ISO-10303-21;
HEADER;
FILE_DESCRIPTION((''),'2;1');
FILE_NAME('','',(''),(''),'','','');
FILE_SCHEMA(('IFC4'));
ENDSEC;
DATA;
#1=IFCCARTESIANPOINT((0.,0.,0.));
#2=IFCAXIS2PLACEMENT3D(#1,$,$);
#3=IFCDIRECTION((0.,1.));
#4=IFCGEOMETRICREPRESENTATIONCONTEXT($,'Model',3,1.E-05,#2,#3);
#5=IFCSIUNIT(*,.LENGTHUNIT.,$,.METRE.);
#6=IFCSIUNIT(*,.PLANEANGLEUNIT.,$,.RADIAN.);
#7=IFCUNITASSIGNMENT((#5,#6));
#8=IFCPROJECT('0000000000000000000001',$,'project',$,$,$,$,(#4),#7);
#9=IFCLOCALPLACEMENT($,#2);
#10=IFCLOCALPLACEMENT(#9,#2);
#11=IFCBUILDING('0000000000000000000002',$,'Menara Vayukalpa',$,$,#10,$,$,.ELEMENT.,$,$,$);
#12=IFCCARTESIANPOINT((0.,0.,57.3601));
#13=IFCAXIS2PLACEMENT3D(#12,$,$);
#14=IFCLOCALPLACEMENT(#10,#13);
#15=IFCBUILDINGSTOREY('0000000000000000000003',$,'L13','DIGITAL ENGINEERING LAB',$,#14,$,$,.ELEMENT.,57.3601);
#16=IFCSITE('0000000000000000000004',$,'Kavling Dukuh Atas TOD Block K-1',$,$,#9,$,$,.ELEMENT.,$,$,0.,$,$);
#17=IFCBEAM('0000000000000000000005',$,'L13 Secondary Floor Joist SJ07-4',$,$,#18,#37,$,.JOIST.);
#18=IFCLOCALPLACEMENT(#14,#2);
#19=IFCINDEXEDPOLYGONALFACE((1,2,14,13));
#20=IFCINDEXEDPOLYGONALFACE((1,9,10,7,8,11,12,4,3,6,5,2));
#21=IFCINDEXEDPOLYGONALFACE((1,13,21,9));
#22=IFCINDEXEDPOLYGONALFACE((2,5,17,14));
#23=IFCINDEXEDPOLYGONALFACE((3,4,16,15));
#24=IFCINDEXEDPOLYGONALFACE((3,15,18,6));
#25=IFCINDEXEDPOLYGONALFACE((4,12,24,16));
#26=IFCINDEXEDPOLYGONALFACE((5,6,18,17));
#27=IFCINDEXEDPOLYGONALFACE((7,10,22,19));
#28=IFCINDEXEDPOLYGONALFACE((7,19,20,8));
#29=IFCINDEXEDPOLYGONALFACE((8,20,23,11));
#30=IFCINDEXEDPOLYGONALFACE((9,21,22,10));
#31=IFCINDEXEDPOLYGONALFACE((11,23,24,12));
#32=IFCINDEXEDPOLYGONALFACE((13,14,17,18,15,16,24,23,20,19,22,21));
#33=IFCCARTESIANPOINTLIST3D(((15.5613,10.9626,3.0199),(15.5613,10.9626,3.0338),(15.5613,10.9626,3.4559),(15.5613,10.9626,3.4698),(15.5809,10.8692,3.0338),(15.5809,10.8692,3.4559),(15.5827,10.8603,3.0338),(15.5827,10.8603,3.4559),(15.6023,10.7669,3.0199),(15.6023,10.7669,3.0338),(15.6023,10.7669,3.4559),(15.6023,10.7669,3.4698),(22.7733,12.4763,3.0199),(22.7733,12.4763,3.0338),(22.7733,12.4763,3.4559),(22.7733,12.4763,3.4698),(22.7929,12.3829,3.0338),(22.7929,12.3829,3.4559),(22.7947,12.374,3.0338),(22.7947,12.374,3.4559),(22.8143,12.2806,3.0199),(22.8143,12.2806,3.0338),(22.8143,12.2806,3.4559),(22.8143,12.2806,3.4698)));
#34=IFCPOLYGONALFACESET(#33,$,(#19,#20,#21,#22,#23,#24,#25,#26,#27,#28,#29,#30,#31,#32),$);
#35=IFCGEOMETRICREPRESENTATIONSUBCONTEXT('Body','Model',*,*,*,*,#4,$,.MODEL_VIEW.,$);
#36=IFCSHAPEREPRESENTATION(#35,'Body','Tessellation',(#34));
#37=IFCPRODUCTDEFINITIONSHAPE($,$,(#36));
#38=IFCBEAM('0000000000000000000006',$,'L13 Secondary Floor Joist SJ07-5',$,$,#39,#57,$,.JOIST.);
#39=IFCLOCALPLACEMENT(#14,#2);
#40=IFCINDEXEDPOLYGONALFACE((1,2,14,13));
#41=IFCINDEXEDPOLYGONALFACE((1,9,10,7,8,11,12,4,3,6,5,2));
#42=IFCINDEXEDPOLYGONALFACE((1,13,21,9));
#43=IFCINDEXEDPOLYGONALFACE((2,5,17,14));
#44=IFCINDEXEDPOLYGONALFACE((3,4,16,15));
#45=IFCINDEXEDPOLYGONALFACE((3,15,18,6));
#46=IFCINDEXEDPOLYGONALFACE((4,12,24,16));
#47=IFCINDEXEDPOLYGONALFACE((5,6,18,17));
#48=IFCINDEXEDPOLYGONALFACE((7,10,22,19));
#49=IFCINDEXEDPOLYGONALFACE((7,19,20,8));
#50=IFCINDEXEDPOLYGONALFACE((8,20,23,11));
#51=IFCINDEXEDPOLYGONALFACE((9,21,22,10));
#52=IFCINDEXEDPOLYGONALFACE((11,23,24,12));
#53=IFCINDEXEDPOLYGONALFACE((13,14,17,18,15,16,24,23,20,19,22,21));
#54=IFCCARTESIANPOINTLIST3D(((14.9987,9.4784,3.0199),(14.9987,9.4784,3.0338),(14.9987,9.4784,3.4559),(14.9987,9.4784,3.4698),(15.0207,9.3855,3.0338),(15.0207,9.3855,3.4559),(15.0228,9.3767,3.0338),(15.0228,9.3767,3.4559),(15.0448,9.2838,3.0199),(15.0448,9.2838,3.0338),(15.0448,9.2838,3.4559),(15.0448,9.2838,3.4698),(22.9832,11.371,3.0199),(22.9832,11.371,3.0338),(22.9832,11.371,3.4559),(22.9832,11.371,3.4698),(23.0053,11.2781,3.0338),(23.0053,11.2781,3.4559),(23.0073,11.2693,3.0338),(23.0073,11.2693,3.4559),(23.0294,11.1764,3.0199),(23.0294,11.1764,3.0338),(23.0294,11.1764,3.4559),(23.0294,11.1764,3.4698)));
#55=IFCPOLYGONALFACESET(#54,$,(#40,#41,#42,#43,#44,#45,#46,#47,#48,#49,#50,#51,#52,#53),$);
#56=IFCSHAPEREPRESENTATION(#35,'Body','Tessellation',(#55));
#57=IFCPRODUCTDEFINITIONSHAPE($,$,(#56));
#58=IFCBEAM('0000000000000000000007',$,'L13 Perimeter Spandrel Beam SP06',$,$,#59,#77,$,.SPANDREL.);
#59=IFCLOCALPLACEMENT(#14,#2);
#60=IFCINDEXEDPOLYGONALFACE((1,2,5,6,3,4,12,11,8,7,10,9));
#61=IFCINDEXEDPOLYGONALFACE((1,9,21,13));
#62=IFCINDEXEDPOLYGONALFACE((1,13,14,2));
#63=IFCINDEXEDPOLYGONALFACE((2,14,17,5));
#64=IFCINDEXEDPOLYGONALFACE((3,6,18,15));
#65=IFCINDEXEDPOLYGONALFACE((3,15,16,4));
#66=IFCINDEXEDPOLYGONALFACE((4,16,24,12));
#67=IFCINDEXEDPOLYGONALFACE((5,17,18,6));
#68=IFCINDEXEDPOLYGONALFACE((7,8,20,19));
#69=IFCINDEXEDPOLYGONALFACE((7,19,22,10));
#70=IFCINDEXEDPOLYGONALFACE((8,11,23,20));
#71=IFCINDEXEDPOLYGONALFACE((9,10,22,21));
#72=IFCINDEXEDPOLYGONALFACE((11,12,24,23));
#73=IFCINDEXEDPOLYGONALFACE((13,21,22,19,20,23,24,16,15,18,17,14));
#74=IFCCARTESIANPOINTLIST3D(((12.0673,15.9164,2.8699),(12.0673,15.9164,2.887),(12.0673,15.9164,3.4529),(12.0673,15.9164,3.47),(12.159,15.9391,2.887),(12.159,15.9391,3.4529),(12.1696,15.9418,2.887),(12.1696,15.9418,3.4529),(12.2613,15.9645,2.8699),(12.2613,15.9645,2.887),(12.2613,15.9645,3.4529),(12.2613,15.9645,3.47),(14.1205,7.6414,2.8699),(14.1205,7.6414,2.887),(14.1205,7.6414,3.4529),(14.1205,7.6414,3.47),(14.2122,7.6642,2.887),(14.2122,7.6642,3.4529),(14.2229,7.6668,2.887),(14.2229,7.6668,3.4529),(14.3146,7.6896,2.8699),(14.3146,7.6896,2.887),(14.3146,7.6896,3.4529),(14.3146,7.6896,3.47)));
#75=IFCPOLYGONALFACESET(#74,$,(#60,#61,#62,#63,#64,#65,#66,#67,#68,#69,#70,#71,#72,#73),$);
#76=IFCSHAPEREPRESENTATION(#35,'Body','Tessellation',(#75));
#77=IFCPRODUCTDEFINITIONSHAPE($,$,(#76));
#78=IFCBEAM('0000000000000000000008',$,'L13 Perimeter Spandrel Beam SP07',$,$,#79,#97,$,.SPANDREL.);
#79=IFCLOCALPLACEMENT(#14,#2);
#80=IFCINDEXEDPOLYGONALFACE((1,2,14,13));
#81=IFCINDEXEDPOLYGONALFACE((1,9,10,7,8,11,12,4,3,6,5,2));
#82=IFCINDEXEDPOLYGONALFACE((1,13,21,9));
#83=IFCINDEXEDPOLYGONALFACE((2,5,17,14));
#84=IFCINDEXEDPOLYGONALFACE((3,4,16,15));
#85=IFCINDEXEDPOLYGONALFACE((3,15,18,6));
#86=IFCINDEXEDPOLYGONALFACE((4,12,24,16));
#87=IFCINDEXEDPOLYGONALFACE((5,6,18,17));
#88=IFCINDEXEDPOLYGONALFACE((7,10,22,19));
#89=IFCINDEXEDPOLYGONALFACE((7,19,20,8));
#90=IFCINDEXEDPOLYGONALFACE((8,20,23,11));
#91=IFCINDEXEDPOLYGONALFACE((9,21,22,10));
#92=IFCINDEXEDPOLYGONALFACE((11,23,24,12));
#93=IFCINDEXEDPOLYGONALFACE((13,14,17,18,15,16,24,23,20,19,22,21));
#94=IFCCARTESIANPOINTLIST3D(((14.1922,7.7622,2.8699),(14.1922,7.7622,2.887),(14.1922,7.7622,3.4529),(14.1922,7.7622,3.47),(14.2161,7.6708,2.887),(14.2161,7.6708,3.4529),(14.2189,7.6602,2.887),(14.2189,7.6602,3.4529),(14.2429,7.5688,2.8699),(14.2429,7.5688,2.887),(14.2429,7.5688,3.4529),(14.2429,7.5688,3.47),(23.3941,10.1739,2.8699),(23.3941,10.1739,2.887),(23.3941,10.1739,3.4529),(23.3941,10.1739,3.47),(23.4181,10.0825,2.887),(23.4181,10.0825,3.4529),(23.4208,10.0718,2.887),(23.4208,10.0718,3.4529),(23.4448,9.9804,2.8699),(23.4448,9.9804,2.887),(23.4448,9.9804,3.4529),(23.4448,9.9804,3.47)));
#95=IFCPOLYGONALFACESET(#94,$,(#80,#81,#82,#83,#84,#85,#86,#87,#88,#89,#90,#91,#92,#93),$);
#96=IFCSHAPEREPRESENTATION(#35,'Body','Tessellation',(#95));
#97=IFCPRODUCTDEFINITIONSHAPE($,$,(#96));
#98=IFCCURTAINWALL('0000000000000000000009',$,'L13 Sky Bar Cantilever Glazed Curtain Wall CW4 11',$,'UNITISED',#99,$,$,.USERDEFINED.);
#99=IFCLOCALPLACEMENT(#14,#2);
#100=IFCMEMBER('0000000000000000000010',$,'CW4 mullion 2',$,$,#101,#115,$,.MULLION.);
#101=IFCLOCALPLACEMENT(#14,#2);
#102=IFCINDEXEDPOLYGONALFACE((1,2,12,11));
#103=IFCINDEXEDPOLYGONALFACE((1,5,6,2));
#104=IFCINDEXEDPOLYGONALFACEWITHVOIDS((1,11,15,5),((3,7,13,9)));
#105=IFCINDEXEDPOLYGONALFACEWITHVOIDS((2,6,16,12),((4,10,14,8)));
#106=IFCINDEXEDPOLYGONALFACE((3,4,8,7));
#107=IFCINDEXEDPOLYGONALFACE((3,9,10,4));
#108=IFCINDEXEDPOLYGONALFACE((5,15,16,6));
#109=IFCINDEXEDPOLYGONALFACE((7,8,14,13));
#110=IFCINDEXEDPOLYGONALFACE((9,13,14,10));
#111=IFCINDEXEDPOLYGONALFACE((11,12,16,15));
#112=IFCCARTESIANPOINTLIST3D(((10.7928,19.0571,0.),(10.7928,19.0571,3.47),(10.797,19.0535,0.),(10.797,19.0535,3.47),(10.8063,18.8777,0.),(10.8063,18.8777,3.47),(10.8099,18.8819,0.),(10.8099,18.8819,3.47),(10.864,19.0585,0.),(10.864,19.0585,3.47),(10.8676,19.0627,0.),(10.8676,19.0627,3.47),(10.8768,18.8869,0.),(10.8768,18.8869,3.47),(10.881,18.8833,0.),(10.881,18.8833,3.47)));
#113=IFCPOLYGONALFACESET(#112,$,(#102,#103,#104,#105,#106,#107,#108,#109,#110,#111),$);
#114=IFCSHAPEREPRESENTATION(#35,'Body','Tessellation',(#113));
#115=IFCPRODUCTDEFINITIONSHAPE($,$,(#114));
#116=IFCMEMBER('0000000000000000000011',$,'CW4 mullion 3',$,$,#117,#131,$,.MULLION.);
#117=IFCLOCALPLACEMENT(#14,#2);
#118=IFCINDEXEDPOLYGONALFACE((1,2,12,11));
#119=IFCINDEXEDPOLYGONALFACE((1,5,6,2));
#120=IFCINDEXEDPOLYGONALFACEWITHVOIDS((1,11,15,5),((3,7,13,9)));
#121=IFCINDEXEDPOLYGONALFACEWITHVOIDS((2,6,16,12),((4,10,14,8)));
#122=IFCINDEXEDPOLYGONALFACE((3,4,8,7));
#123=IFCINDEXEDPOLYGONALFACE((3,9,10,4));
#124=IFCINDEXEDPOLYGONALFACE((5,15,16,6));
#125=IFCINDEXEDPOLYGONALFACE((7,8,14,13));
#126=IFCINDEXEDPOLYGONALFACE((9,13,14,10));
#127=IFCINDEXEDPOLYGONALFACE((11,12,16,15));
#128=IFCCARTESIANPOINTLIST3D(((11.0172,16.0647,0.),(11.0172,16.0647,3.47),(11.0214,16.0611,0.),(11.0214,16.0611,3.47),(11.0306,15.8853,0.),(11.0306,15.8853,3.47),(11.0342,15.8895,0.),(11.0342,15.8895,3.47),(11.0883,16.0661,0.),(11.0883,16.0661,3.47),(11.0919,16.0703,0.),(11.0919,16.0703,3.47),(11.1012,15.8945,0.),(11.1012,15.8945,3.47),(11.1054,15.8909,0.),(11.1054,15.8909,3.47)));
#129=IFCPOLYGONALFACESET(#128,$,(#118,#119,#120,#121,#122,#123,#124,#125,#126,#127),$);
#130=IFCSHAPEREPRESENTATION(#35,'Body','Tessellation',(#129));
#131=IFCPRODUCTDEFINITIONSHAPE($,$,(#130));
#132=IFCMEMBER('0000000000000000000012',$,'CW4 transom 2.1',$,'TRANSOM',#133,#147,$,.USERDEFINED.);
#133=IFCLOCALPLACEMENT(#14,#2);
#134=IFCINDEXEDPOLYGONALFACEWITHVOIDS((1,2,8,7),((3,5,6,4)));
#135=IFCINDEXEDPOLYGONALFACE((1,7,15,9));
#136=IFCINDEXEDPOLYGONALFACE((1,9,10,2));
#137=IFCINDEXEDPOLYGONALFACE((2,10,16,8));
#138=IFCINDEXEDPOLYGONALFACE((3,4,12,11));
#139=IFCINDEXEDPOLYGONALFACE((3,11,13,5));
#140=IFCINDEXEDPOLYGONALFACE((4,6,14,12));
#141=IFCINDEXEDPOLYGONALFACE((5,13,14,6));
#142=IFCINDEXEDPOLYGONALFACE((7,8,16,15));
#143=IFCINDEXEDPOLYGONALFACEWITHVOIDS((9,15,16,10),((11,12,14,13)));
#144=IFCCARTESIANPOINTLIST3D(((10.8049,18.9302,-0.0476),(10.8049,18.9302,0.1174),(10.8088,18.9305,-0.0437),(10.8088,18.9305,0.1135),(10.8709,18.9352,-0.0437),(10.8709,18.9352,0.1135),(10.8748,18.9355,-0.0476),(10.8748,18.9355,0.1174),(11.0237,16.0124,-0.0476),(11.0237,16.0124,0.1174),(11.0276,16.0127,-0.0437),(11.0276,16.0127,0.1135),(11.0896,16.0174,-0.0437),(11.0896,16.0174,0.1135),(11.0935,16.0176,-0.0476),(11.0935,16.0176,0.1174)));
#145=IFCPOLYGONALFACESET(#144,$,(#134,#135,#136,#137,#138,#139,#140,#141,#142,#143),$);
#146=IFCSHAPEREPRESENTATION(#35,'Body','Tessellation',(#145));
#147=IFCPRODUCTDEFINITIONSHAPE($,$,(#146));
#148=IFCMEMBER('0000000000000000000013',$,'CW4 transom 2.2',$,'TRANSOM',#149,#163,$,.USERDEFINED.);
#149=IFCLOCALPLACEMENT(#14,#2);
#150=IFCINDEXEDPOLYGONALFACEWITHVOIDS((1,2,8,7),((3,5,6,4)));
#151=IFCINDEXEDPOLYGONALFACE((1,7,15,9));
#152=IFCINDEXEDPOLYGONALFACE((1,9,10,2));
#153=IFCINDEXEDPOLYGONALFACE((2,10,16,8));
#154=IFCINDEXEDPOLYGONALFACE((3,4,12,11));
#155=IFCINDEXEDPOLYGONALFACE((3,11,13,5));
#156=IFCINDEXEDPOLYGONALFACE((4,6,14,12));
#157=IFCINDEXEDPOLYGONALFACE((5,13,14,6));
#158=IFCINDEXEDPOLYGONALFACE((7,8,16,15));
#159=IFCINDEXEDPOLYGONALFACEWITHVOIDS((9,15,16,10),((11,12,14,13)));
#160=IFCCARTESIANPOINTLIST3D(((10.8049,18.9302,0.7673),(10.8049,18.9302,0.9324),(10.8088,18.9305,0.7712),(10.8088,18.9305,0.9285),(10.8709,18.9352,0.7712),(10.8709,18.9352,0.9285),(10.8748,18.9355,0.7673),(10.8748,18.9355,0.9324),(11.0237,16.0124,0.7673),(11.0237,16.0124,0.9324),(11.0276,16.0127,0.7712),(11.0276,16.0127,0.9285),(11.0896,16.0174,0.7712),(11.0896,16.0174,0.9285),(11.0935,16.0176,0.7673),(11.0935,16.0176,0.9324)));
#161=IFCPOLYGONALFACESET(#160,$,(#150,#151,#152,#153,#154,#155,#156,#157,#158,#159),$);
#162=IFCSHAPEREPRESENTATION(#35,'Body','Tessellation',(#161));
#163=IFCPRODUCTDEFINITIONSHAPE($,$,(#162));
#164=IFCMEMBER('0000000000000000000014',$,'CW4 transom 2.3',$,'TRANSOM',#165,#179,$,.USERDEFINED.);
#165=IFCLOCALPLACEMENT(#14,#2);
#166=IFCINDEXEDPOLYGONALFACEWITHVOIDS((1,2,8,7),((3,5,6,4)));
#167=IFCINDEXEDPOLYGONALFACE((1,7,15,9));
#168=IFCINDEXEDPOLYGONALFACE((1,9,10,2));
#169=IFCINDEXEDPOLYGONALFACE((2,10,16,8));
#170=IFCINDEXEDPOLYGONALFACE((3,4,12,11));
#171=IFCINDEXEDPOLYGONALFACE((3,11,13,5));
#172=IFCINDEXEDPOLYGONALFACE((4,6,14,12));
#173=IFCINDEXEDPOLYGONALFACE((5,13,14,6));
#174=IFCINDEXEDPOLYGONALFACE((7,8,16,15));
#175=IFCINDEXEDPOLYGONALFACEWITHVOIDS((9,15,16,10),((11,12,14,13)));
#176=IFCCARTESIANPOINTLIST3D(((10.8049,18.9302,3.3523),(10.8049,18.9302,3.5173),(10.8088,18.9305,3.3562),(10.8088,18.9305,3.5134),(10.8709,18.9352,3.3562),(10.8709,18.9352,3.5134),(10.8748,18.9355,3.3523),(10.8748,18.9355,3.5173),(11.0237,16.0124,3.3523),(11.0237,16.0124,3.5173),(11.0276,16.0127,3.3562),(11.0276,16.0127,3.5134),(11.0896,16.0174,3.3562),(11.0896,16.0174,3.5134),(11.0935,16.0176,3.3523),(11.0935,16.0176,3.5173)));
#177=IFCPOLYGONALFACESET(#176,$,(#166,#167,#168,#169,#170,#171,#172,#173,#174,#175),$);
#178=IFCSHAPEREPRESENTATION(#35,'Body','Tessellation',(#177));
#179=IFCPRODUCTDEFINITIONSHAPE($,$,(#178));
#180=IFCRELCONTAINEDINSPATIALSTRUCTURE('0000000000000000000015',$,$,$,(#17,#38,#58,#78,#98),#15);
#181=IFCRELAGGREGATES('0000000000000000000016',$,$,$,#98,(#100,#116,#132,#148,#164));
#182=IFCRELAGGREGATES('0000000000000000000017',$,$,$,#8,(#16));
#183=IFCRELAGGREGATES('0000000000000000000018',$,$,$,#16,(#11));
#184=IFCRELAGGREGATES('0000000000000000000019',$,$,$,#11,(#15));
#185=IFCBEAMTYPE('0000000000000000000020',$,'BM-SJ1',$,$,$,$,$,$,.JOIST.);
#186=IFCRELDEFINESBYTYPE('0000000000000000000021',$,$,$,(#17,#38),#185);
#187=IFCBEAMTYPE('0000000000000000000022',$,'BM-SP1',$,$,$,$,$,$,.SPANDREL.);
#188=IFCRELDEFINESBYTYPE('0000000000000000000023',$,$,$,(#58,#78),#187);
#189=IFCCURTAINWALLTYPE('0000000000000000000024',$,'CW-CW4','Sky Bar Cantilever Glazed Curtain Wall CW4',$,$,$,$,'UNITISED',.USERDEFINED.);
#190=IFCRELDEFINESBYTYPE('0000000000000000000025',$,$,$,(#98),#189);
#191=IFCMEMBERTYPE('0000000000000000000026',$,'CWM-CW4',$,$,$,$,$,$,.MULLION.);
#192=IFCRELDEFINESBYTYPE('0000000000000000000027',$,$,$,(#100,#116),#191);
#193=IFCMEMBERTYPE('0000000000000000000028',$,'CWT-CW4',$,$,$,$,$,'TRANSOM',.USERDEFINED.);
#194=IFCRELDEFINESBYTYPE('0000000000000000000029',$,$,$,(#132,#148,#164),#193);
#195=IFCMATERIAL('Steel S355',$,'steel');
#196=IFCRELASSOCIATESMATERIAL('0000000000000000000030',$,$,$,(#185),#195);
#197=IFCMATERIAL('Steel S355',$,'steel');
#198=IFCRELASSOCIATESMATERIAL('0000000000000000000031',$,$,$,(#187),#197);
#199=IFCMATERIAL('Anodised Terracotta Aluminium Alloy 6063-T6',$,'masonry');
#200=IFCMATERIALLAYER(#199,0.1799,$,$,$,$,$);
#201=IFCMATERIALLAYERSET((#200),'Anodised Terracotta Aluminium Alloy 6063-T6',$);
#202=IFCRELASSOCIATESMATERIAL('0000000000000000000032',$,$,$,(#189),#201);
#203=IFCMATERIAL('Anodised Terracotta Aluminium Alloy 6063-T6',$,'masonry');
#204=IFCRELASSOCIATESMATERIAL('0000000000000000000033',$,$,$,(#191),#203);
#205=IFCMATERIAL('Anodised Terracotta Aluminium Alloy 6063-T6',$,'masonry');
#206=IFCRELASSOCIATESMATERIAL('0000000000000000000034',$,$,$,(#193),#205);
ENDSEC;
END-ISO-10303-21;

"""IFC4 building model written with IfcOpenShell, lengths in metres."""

from ifc_helpers import new_model, si_unit, direction, frame, origin, origin_2d, place, context, subcontext, project, spatial, hollow_rectangle, i_section, extrude, material, layer, layer_set, material_profile, profile_set, type_object, element, aggregate, save


model = new_model("IFC4")

# Units and contexts
model_context = context("Model", 3, precision=1e-05, world=origin(), true_north=direction((0.0, 1.0)))
body_context = subcontext(model_context, "Body", "Model", "MODEL_VIEW")
ifc_project = project(units=[si_unit("LENGTHUNIT", "METRE"), si_unit("PLANEANGLEUNIT", "RADIAN")], contexts=[model_context])

# Site, building, storey
site_placement = place(None, origin())
site = spatial("IfcSite", under=ifc_project, at=site_placement, Name="Kavling Dukuh Atas TOD Block K-1", CompositionType="ELEMENT", RefElevation=0.0)
building_placement = place(site_placement, origin())
building = spatial("IfcBuilding", under=site, at=building_placement, Name="Menara Vayukalpa", CompositionType="ELEMENT")
storey_placement = place(building_placement, frame((0.0, 0.0, 57.3601)))
storey = spatial("IfcBuildingStorey", under=building, at=storey_placement, Name="L13", Description="DIGITAL ENGINEERING LAB", CompositionType="ELEMENT", Elevation=57.3601)

# Beams
ifc_material_1 = material(Name="Steel S355", Category="steel")
ifc_material_profile_1 = material_profile(ifc_material_1, i_section(OverallWidth=0.2, OverallDepth=0.45, WebThickness=0.009, FlangeThickness=0.0139, at=origin_2d()), Name="WF 450x200x9x14")
ifc_profile_set_1 = profile_set([ifc_material_profile_1], Name="Steel S355")
beam_type_1 = type_object("IfcBeamType", Name="BM-SJ1", PredefinedType="JOIST", material=ifc_profile_set_1)
beam_1_placement = place(storey_placement, frame((15.5818, 10.8647, 3.2449), z_axis=(0.978676, 0.205409, 0.0), x_axis=(-0.205409, 0.978676, 0.0)))
element("IfcBeam", 1, at=beam_1_placement, inside=storey, type_object=beam_type_1, Name="L13 Secondary Floor Joist SJ07-4", PredefinedType="JOIST", context=body_context, shape_type="SweptSolid", body=[
    extrude(i_section(OverallWidth=0.2, OverallDepth=0.45, WebThickness=0.009, FlangeThickness=0.0139, at=origin_2d()), origin(), (0.0, 0.0, 1.0), 7.3691),
])
beam_2_placement = place(storey_placement, frame((15.0217, 9.3811, 3.2449), z_axis=(0.97304, 0.230638, 0.0), x_axis=(-0.230638, 0.97304, 0.0)))
element("IfcBeam", 2, at=beam_2_placement, inside=storey, type_object=beam_type_1, Name="L13 Secondary Floor Joist SJ07-5", PredefinedType="JOIST", context=body_context, shape_type="SweptSolid", body=[
    extrude(i_section(OverallWidth=0.2, OverallDepth=0.45, WebThickness=0.009, FlangeThickness=0.0139, at=origin_2d()), origin(), (0.0, 0.0, 1.0), 8.2058),
])
ifc_material_2 = material(Name="Steel S355", Category="steel")
ifc_material_profile_2 = material_profile(ifc_material_2, i_section(OverallWidth=0.2, OverallDepth=0.6001, WebThickness=0.011, FlangeThickness=0.0171, at=origin_2d()), Name="WF 600x200x11x17")
ifc_profile_set_2 = profile_set([ifc_material_profile_2], Name="Steel S355")
beam_type_2 = type_object("IfcBeamType", Name="BM-SP1", PredefinedType="SPANDREL", material=ifc_profile_set_2)
beam_3_placement = place(storey_placement, frame((12.1643, 15.9404, 3.1699), z_axis=(0.240824, -0.970569, 0.0), x_axis=(0.970569, 0.240824, 0.0)))
element("IfcBeam", 3, at=beam_3_placement, inside=storey, type_object=beam_type_2, Name="L13 Perimeter Spandrel Beam SP06", PredefinedType="SPANDREL", context=body_context, shape_type="SweptSolid", body=[
    extrude(i_section(OverallWidth=0.2, OverallDepth=0.6001, WebThickness=0.011, FlangeThickness=0.0171, at=origin_2d()), origin(), (0.0, 0.0, 1.0), 8.5259),
])
beam_4_placement = place(storey_placement, frame((14.2175, 7.6655, 3.1699), z_axis=(0.967331, 0.253517, 0.0), x_axis=(-0.253517, 0.967331, 0.0)))
element("IfcBeam", 4, at=beam_4_placement, inside=storey, type_object=beam_type_2, Name="L13 Perimeter Spandrel Beam SP07", PredefinedType="SPANDREL", context=body_context, shape_type="SweptSolid", body=[
    extrude(i_section(OverallWidth=0.2, OverallDepth=0.6001, WebThickness=0.011, FlangeThickness=0.0171, at=origin_2d()), origin(), (0.0, 0.0, 1.0), 9.5127),
])

# Curtain wall, members
ifc_material_3 = material(Name="Anodised Terracotta Aluminium Alloy 6063-T6", Category="masonry")
ifc_layer_1 = layer(ifc_material_3, 0.1799)
ifc_layer_set_1 = layer_set([ifc_layer_1], Name="Anodised Terracotta Aluminium Alloy 6063-T6")
curtain_wall_type = type_object("IfcCurtainWallType", Name="CW-CW4", Description="Sky Bar Cantilever Glazed Curtain Wall CW4", ElementType="UNITISED", PredefinedType="USERDEFINED", material=ifc_layer_set_1)
curtain_wall_placement = place(storey_placement, origin())
curtain_wall = element("IfcCurtainWall", 5, at=curtain_wall_placement, inside=storey, type_object=curtain_wall_type, Name="L13 Sky Bar Cantilever Glazed Curtain Wall CW4 11", ObjectType="UNITISED", PredefinedType="USERDEFINED")
ifc_material_4 = material(Name="Anodised Terracotta Aluminium Alloy 6063-T6", Category="masonry")
ifc_material_profile_3 = material_profile(ifc_material_4, hollow_rectangle(XDim=0.075, YDim=0.1799, WallThickness=0.0039, at=origin_2d()), Name="ALU 75x180x4")
ifc_profile_set_3 = profile_set([ifc_material_profile_3], Name="Anodised Terracotta Aluminium Alloy 6063-T6")
member_type_1 = type_object("IfcMemberType", Name="CWM-CW4", PredefinedType="MULLION", material=ifc_profile_set_3)
member_1_placement = place(storey_placement, frame((10.8369, 18.9702, 0.0), z_axis=(0.0, 0.0, 1.0), x_axis=(0.997199, 0.074795, 0.0)))
member_1 = element("IfcMember", 6, at=member_1_placement, type_object=member_type_1, Name="CW4 mullion 2", PredefinedType="MULLION", context=body_context, shape_type="SweptSolid", body=[
    extrude(hollow_rectangle(XDim=0.075, YDim=0.1799, WallThickness=0.0039, at=origin_2d()), origin(), (0.0, 0.0, 1.0), 3.47),
])
member_2_placement = place(storey_placement, frame((11.0613, 15.9778, 0.0), z_axis=(0.0, 0.0, 1.0), x_axis=(0.997199, 0.074795, 0.0)))
member_2 = element("IfcMember", 7, at=member_2_placement, type_object=member_type_1, Name="CW4 mullion 3", PredefinedType="MULLION", context=body_context, shape_type="SweptSolid", body=[
    extrude(hollow_rectangle(XDim=0.075, YDim=0.1799, WallThickness=0.0039, at=origin_2d()), origin(), (0.0, 0.0, 1.0), 3.47),
])
ifc_material_5 = material(Name="Anodised Terracotta Aluminium Alloy 6063-T6", Category="masonry")
ifc_material_profile_4 = material_profile(ifc_material_5, hollow_rectangle(XDim=0.0701, YDim=0.165, WallThickness=0.0039, at=origin_2d()), Name="ALU 70x165x4")
ifc_profile_set_4 = profile_set([ifc_material_profile_4], Name="Anodised Terracotta Aluminium Alloy 6063-T6")
member_type_2 = type_object("IfcMemberType", Name="CWT-CW4", ElementType="TRANSOM", PredefinedType="USERDEFINED", material=ifc_profile_set_4)
member_3_placement = place(storey_placement, frame((10.8398, 18.9329, 0.0349), z_axis=(0.074763, -0.997201, 0.0), x_axis=(0.997201, 0.074763, 0.0)))
member_3 = element("IfcMember", 8, at=member_3_placement, type_object=member_type_2, Name="CW4 transom 2.1", ObjectType="TRANSOM", PredefinedType="USERDEFINED", context=body_context, shape_type="SweptSolid", body=[
    extrude(hollow_rectangle(XDim=0.0701, YDim=0.165, WallThickness=0.0039, at=origin_2d()), origin(), (0.0, 0.0, 1.0), 2.926),
])
member_4_placement = place(storey_placement, frame((10.8398, 18.9329, 0.8499), z_axis=(0.074763, -0.997201, 0.0), x_axis=(0.997201, 0.074763, 0.0)))
member_4 = element("IfcMember", 9, at=member_4_placement, type_object=member_type_2, Name="CW4 transom 2.2", ObjectType="TRANSOM", PredefinedType="USERDEFINED", context=body_context, shape_type="SweptSolid", body=[
    extrude(hollow_rectangle(XDim=0.0701, YDim=0.165, WallThickness=0.0039, at=origin_2d()), origin(), (0.0, 0.0, 1.0), 2.926),
])
member_5_placement = place(storey_placement, frame((10.8398, 18.9329, 3.4348), z_axis=(0.074763, -0.997201, 0.0), x_axis=(0.997201, 0.074763, 0.0)))
member_5 = element("IfcMember", 10, at=member_5_placement, type_object=member_type_2, Name="CW4 transom 2.3", ObjectType="TRANSOM", PredefinedType="USERDEFINED", context=body_context, shape_type="SweptSolid", body=[
    extrude(hollow_rectangle(XDim=0.0701, YDim=0.165, WallThickness=0.0039, at=origin_2d()), origin(), (0.0, 0.0, 1.0), 2.926),
])
aggregate(curtain_wall, [member_1, member_2, member_3, member_4, member_5])

save(model, "model.ifc")
